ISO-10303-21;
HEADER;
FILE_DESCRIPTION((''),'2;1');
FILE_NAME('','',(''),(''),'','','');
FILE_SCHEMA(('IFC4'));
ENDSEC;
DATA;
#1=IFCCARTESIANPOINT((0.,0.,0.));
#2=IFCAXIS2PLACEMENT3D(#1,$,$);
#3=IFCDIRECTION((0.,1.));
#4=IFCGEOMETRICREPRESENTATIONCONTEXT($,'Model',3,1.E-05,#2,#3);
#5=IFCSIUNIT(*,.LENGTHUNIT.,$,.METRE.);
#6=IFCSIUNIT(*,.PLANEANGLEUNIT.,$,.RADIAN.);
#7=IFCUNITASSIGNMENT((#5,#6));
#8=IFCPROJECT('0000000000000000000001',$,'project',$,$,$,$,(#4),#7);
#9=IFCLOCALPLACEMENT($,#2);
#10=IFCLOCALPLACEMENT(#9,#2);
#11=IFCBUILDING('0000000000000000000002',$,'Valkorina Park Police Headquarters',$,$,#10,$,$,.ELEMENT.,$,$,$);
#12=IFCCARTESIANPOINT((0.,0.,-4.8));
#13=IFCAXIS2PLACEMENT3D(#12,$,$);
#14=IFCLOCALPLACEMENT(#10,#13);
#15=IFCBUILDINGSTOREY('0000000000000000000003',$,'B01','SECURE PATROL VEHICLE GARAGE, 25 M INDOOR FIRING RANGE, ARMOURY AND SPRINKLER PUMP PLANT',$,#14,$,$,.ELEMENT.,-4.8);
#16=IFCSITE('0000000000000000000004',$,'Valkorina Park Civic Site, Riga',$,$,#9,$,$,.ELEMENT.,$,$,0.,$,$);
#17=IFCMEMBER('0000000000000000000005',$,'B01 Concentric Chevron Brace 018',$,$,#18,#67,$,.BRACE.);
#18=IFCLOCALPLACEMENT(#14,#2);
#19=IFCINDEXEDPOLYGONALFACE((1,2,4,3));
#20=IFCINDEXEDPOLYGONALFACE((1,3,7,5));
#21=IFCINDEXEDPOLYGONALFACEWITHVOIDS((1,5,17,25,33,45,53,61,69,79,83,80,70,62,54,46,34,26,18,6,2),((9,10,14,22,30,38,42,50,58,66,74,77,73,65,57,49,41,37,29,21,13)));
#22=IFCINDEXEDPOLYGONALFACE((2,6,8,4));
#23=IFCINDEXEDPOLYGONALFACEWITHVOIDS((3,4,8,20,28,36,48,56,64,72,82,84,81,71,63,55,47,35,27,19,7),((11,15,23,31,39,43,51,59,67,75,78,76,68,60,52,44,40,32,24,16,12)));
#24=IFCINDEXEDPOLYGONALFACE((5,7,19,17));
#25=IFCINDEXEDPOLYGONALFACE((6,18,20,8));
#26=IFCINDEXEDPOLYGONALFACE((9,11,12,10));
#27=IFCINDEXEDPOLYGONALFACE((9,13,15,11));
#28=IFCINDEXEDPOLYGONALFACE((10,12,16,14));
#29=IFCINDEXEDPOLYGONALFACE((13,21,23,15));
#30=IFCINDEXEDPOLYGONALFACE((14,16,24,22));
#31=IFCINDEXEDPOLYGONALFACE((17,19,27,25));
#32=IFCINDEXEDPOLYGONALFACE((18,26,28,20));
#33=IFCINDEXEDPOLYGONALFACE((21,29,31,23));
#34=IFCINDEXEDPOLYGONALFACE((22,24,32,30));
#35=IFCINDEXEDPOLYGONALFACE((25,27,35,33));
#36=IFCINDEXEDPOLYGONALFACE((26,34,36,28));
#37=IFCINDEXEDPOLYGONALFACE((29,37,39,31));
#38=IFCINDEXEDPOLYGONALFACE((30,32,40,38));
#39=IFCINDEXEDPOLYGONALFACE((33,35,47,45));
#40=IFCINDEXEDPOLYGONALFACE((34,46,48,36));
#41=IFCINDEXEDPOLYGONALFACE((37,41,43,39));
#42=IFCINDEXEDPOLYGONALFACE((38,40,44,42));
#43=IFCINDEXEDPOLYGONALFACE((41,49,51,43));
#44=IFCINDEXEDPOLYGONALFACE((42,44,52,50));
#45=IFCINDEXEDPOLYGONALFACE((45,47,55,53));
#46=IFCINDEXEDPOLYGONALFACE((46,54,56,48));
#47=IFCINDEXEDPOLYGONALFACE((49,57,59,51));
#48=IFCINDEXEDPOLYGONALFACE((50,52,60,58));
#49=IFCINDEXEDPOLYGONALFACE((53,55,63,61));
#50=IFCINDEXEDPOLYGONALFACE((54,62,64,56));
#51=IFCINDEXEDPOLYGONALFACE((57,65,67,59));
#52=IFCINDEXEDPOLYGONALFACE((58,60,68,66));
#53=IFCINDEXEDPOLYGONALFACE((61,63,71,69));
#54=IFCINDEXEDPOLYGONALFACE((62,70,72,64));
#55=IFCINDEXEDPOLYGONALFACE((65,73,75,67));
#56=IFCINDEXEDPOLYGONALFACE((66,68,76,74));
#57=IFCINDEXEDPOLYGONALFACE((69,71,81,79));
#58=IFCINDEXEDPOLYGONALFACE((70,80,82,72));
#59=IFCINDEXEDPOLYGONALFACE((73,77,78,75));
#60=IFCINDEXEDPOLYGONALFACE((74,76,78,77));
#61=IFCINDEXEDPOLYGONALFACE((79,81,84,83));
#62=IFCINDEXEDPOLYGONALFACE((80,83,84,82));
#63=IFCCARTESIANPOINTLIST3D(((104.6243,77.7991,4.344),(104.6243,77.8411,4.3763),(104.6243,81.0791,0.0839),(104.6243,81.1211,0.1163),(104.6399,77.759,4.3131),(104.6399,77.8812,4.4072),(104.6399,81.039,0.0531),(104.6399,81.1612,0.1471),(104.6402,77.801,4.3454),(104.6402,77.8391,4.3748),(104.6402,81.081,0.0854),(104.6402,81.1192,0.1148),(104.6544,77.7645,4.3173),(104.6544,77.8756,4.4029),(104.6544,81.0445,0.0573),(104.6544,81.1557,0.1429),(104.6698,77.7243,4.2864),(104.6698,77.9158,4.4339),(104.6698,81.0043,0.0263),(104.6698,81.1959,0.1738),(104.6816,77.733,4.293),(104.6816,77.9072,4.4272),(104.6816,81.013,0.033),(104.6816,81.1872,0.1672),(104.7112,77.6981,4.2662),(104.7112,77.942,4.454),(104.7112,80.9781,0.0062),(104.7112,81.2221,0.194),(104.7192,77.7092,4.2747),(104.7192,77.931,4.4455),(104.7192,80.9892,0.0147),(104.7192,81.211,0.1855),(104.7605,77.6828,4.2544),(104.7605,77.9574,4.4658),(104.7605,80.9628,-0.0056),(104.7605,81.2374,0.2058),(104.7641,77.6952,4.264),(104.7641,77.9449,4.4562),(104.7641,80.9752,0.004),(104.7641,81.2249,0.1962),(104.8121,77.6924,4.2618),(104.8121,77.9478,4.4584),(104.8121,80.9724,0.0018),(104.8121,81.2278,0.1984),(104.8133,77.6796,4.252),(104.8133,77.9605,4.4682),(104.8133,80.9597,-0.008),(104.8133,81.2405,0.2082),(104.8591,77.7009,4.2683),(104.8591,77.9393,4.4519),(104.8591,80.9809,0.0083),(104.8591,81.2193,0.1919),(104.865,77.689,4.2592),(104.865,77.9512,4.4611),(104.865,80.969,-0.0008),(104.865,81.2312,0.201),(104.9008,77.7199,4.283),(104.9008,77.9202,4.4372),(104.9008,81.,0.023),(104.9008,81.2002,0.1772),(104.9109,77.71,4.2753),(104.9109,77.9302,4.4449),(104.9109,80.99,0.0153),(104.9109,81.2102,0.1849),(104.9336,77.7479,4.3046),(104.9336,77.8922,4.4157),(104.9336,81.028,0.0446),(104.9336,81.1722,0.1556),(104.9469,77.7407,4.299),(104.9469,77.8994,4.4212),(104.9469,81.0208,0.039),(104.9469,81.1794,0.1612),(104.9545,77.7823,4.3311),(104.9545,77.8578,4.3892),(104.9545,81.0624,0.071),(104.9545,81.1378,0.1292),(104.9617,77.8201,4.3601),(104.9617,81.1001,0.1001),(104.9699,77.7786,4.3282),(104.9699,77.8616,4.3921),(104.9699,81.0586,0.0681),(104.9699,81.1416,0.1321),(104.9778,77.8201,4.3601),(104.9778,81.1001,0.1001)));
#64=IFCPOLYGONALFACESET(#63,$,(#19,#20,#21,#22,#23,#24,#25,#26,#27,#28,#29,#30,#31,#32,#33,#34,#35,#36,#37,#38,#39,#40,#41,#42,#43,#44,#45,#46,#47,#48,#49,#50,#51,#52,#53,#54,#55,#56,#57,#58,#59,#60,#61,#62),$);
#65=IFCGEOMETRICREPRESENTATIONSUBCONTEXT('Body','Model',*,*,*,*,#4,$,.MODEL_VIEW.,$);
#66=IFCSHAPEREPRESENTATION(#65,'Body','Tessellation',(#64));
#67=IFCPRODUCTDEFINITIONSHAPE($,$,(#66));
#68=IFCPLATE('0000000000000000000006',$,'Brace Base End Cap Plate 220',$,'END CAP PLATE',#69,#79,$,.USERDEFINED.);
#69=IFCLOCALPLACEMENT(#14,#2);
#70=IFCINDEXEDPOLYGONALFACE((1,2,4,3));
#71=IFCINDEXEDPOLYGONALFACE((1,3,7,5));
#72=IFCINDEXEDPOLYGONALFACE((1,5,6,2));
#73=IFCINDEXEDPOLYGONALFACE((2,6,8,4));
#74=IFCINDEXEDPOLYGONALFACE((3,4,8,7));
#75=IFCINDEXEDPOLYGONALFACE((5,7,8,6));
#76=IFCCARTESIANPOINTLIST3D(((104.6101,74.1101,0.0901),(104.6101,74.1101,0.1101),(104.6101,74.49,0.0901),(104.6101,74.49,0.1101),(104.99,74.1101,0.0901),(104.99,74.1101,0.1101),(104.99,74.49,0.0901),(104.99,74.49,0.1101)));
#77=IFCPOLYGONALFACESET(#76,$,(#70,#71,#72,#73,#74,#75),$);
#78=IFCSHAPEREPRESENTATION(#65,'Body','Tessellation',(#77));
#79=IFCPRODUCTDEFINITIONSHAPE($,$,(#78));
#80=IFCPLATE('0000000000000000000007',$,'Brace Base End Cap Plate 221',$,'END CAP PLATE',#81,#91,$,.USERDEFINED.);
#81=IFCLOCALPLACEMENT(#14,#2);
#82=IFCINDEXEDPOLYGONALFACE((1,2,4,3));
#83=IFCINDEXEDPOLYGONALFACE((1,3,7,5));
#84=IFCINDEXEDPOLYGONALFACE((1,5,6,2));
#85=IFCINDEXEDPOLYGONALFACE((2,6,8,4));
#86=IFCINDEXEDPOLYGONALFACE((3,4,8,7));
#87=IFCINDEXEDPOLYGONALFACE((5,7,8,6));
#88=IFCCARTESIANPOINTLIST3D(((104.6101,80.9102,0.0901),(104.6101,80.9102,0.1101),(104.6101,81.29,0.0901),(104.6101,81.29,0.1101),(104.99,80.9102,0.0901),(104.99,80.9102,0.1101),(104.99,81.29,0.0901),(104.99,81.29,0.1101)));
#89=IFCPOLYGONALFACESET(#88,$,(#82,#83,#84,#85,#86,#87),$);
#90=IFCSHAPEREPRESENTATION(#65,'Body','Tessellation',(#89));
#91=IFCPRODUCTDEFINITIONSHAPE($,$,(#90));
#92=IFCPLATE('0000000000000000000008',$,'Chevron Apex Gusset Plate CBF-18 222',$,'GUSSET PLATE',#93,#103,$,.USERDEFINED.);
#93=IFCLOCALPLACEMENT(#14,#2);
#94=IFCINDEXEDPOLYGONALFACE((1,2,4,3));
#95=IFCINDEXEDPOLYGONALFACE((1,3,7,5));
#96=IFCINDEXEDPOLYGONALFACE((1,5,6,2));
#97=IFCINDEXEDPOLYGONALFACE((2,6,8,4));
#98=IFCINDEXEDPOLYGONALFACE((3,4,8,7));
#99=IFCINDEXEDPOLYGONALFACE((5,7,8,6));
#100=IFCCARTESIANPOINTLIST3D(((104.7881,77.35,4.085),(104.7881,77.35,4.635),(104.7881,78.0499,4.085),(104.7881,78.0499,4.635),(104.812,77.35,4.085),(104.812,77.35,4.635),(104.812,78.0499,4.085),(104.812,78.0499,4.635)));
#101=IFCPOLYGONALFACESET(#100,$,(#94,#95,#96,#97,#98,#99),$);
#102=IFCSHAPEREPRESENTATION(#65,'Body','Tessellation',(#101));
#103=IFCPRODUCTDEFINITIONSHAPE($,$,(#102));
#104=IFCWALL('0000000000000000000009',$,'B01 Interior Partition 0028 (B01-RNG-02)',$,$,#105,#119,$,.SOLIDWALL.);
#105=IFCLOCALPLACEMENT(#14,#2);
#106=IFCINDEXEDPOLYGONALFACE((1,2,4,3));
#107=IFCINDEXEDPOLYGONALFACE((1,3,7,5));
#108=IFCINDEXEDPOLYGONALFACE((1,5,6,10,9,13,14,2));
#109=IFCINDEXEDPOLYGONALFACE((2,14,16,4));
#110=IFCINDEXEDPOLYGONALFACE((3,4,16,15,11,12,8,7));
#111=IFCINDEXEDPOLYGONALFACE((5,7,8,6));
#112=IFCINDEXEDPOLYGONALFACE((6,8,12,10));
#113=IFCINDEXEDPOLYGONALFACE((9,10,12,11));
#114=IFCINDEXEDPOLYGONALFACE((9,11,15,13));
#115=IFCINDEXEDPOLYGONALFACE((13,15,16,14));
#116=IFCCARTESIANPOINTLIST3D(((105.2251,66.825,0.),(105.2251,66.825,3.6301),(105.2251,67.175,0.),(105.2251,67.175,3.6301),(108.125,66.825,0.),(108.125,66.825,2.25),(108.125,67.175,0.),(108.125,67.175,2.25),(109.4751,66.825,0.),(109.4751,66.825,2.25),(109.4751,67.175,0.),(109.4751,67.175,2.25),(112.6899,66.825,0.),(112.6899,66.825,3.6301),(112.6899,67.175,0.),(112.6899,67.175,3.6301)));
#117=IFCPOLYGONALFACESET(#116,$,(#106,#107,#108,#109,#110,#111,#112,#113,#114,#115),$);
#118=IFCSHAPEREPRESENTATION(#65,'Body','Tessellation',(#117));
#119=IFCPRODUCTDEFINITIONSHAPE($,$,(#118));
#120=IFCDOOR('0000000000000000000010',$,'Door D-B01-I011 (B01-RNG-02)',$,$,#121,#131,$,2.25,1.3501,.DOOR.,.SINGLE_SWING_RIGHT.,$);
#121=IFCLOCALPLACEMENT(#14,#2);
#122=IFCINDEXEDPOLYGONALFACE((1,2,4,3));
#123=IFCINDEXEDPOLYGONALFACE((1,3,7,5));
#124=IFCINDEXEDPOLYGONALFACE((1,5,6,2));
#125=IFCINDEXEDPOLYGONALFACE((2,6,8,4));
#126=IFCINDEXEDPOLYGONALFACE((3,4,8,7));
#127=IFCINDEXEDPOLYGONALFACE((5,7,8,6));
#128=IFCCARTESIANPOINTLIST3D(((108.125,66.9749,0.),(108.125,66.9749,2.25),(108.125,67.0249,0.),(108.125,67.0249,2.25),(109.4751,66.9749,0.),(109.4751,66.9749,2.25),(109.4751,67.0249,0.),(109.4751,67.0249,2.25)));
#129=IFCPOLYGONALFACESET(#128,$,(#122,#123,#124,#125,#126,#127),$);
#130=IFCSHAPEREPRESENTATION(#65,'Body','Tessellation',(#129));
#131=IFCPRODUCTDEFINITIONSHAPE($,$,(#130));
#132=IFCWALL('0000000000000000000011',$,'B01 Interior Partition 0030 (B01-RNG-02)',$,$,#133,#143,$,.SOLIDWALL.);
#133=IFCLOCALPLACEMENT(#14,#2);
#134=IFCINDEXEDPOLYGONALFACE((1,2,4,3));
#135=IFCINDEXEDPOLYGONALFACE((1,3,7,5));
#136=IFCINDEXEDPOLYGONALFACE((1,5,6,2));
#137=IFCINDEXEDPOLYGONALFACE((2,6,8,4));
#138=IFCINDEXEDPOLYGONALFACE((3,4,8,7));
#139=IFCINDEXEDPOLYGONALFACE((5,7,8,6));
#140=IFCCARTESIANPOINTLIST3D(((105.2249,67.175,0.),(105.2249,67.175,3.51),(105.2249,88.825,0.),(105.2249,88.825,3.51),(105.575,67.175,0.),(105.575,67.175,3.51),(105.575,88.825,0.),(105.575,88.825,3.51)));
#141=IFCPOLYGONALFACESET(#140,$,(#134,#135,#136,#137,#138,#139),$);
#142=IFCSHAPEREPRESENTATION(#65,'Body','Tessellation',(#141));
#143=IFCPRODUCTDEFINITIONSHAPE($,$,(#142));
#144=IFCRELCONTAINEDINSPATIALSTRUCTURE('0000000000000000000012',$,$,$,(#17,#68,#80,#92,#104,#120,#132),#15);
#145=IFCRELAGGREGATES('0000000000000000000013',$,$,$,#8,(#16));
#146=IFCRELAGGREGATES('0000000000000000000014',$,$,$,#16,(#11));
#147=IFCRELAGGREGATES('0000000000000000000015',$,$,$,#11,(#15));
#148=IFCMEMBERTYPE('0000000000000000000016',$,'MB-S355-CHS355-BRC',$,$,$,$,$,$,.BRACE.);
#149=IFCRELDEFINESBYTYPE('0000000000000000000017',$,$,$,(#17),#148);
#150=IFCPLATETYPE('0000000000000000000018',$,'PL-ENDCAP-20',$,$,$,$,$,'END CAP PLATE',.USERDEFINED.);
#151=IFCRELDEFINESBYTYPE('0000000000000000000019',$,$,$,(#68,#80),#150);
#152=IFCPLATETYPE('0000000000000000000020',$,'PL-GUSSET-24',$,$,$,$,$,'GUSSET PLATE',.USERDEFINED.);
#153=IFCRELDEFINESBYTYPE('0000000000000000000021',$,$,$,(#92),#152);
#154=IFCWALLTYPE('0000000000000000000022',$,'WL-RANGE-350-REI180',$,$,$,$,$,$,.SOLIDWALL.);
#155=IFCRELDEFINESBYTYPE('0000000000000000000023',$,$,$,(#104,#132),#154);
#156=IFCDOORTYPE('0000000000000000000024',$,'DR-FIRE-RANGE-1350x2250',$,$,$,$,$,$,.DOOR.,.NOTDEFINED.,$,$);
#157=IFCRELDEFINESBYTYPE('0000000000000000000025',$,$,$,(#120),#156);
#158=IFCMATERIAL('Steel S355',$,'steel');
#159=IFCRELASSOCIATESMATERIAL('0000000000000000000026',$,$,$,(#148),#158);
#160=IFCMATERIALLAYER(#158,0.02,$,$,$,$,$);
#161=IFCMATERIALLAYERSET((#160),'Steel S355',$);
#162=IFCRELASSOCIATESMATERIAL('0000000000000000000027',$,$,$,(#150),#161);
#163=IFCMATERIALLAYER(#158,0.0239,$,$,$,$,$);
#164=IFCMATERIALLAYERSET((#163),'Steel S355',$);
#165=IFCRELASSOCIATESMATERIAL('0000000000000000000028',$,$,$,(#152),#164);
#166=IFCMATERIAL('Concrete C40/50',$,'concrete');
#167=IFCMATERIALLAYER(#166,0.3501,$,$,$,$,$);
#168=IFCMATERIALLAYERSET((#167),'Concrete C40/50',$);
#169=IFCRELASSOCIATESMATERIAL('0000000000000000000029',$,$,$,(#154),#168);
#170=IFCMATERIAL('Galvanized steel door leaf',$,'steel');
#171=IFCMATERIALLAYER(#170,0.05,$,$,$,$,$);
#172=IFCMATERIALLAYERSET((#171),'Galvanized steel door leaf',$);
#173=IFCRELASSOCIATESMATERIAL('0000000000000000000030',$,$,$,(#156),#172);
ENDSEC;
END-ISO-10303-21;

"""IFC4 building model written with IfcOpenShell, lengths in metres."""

from ifc_helpers import new_model, si_unit, direction, frame, frame_2d, origin, origin_2d, place, context, subcontext, project, spatial, rectangle, hollow_circle, extrude, material, layer, layer_set, material_profile, profile_set, type_object, element, fill, save


model = new_model("IFC4")

# Units and contexts
model_context = context("Model", 3, precision=1e-05, world=origin(), true_north=direction((0.0, 1.0)))
body_context = subcontext(model_context, "Body", "Model", "MODEL_VIEW")
ifc_project = project(units=[si_unit("LENGTHUNIT", "METRE"), si_unit("PLANEANGLEUNIT", "RADIAN")], contexts=[model_context])

# Site, building, storey
site_placement = place(None, origin())
site = spatial("IfcSite", under=ifc_project, at=site_placement, Name="Valkorina Park Civic Site, Riga", CompositionType="ELEMENT", RefElevation=0.0)
building_placement = place(site_placement, origin())
building = spatial("IfcBuilding", under=site, at=building_placement, Name="Valkorina Park Police Headquarters", CompositionType="ELEMENT")
storey_placement = place(building_placement, frame((0.0, 0.0, -4.8)))
storey = spatial("IfcBuildingStorey", under=building, at=storey_placement, Name="B01", Description="SECURE PATROL VEHICLE GARAGE, 25 M INDOOR FIRING RANGE, ARMOURY AND SPRINKLER PUMP PLANT", CompositionType="ELEMENT", Elevation=-4.8)

# Shared definitions
ifc_material_1 = material(Name="Concrete C40/50", Category="concrete")

# Shared definitions
ifc_material_2 = material(Name="Steel S355", Category="steel")

# Member
ifc_material_profile_1 = material_profile(ifc_material_2, hollow_circle(Radius=0.1777, WallThickness=0.0161, at=origin_2d()), Name="CHS 355.6x16")
ifc_profile_set_1 = profile_set([ifc_material_profile_1], Name="Steel S355")
member_type = type_object("IfcMemberType", Name="MB-S355-CHS355-BRC", PredefinedType="BRACE", material=ifc_profile_set_1)
for number, where, z_axis, x_axis, name in (
    (1, (104.8, 81.1001, 0.1001), (0.0, -0.610073, 0.792345), (1.0, 0.0, 0.0), "B01 Concentric Chevron Brace 018"),
):
    element("IfcMember", number, at=place(storey_placement, frame(where, z_axis=z_axis, x_axis=x_axis)), inside=storey, type_object=member_type, Name=name, PredefinedType="BRACE", context=body_context, shape_type="SweptSolid", body=[
        extrude(hollow_circle(Radius=0.1777, WallThickness=0.0161, at=origin_2d()), origin(), (0.0, 0.0, 1.0), 5.3765),
    ])

# Plates
ifc_layer_1 = layer(ifc_material_2, 0.02)
ifc_layer_set_1 = layer_set([ifc_layer_1], Name="Steel S355")
plate_type_1 = type_object("IfcPlateType", Name="PL-ENDCAP-20", ElementType="END CAP PLATE", PredefinedType="USERDEFINED", material=ifc_layer_set_1)
for number, where, z_axis, x_axis, name in (
    (2, (104.8, 74.3, 0.0901), (0.0, 0.0, 1.0), (1.0, 0.0, 0.0), "Brace Base End Cap Plate 220"),
    (3, (104.8, 81.1001, 0.0901), (0.0, 0.0, 1.0), (1.0, 0.0, 0.0), "Brace Base End Cap Plate 221"),
):
    element("IfcPlate", number, at=place(storey_placement, frame(where, z_axis=z_axis, x_axis=x_axis)), inside=storey, type_object=plate_type_1, Name=name, ObjectType="END CAP PLATE", PredefinedType="USERDEFINED", context=body_context, shape_type="SweptSolid", body=[
        extrude(rectangle(XDim=0.3799, YDim=0.3799, at=origin_2d()), origin(), (0.0, 0.0, 1.0), 0.02),
    ])
ifc_layer_2 = layer(ifc_material_2, 0.0239)
ifc_layer_set_2 = layer_set([ifc_layer_2], Name="Steel S355")
plate_type_2 = type_object("IfcPlateType", Name="PL-GUSSET-24", ElementType="GUSSET PLATE", PredefinedType="USERDEFINED", material=ifc_layer_set_2)
plate_placement = place(storey_placement, frame((104.8, 77.7, 4.085), z_axis=(0.0, 0.0, 1.0), x_axis=(1.0, 0.0, 0.0)))
element("IfcPlate", 4, at=plate_placement, inside=storey, type_object=plate_type_2, Name="Chevron Apex Gusset Plate CBF-18 222", ObjectType="GUSSET PLATE", PredefinedType="USERDEFINED", context=body_context, shape_type="SweptSolid", body=[
    extrude(rectangle(XDim=0.0239, YDim=0.7, at=origin_2d()), origin(), (0.0, 0.0, 1.0), 0.55),
])

# Wall, opening, door
ifc_layer_3 = layer(ifc_material_1, 0.3501)
ifc_layer_set_3 = layer_set([ifc_layer_3], Name="Concrete C40/50")
wall_type = type_object("IfcWallType", Name="WL-RANGE-350-REI180", PredefinedType="SOLIDWALL", material=ifc_layer_set_3)
wall_1_placement = place(storey_placement, frame((105.2251, 67.0, 0.0), z_axis=(0.0, 0.0, 1.0), x_axis=(1.0, 0.0, 0.0)))
wall_1 = element("IfcWall", 5, at=wall_1_placement, inside=storey, type_object=wall_type, Name="B01 Interior Partition 0028 (B01-RNG-02)", PredefinedType="SOLIDWALL", context=body_context, shape_type="SweptSolid", body=[
    extrude(rectangle(XDim=7.4648, YDim=0.3501, at=frame_2d((3.7324, 0.0))), origin(), (0.0, 0.0, 1.0), 3.6301),
])
opening_placement = place(wall_1_placement, frame((2.8999, 0.0, 0.0)))
opening = element("IfcOpeningElement", 6, at=opening_placement, cuts=wall_1, PredefinedType="OPENING", context=body_context, shape_type="SweptSolid", body=[
    extrude(rectangle(XDim=1.3501, YDim=2.25, at=frame_2d((0.675, 1.125))), frame((0.0, 0.1851, 0.0), z_axis=(0.0, -1.0, 0.0), x_axis=(1.0, 0.0, 0.0)), (0.0, 0.0, 1.0), 0.3701),
])
ifc_material_3 = material(Name="Galvanized steel door leaf", Category="steel")
ifc_layer_4 = layer(ifc_material_3, 0.05)
ifc_layer_set_4 = layer_set([ifc_layer_4], Name="Galvanized steel door leaf")
door_type = type_object("IfcDoorType", Name="DR-FIRE-RANGE-1350x2250", OperationType="NOTDEFINED", PredefinedType="DOOR", material=ifc_layer_set_4)
door_placement = place(opening_placement, origin())
door = element("IfcDoor", 7, at=door_placement, inside=storey, type_object=door_type, Name="Door D-B01-I011 (B01-RNG-02)", OperationType="SINGLE_SWING_RIGHT", OverallHeight=2.25, OverallWidth=1.3501, PredefinedType="DOOR", context=body_context, shape_type="SweptSolid", body=[
    extrude(rectangle(XDim=1.3501, YDim=2.25, at=frame_2d((0.675, 1.125))), frame((0.0, 0.0249, 0.0), z_axis=(0.0, -1.0, 0.0), x_axis=(1.0, 0.0, 0.0)), (0.0, 0.0, 1.0), 0.05),
])
fill(opening, door)

# Wall
wall_2_placement = place(storey_placement, frame((105.3999, 67.175, 0.0), z_axis=(0.0, 0.0, 1.0), x_axis=(0.0, 1.0, 0.0)))
element("IfcWall", 8, at=wall_2_placement, inside=storey, type_object=wall_type, Name="B01 Interior Partition 0030 (B01-RNG-02)", PredefinedType="SOLIDWALL", context=body_context, shape_type="SweptSolid", body=[
    extrude(rectangle(XDim=21.6499, YDim=0.3501, at=frame_2d((10.825, 0.0))), origin(), (0.0, 0.0, 1.0), 3.51),
])

save(model, "model.ifc")
